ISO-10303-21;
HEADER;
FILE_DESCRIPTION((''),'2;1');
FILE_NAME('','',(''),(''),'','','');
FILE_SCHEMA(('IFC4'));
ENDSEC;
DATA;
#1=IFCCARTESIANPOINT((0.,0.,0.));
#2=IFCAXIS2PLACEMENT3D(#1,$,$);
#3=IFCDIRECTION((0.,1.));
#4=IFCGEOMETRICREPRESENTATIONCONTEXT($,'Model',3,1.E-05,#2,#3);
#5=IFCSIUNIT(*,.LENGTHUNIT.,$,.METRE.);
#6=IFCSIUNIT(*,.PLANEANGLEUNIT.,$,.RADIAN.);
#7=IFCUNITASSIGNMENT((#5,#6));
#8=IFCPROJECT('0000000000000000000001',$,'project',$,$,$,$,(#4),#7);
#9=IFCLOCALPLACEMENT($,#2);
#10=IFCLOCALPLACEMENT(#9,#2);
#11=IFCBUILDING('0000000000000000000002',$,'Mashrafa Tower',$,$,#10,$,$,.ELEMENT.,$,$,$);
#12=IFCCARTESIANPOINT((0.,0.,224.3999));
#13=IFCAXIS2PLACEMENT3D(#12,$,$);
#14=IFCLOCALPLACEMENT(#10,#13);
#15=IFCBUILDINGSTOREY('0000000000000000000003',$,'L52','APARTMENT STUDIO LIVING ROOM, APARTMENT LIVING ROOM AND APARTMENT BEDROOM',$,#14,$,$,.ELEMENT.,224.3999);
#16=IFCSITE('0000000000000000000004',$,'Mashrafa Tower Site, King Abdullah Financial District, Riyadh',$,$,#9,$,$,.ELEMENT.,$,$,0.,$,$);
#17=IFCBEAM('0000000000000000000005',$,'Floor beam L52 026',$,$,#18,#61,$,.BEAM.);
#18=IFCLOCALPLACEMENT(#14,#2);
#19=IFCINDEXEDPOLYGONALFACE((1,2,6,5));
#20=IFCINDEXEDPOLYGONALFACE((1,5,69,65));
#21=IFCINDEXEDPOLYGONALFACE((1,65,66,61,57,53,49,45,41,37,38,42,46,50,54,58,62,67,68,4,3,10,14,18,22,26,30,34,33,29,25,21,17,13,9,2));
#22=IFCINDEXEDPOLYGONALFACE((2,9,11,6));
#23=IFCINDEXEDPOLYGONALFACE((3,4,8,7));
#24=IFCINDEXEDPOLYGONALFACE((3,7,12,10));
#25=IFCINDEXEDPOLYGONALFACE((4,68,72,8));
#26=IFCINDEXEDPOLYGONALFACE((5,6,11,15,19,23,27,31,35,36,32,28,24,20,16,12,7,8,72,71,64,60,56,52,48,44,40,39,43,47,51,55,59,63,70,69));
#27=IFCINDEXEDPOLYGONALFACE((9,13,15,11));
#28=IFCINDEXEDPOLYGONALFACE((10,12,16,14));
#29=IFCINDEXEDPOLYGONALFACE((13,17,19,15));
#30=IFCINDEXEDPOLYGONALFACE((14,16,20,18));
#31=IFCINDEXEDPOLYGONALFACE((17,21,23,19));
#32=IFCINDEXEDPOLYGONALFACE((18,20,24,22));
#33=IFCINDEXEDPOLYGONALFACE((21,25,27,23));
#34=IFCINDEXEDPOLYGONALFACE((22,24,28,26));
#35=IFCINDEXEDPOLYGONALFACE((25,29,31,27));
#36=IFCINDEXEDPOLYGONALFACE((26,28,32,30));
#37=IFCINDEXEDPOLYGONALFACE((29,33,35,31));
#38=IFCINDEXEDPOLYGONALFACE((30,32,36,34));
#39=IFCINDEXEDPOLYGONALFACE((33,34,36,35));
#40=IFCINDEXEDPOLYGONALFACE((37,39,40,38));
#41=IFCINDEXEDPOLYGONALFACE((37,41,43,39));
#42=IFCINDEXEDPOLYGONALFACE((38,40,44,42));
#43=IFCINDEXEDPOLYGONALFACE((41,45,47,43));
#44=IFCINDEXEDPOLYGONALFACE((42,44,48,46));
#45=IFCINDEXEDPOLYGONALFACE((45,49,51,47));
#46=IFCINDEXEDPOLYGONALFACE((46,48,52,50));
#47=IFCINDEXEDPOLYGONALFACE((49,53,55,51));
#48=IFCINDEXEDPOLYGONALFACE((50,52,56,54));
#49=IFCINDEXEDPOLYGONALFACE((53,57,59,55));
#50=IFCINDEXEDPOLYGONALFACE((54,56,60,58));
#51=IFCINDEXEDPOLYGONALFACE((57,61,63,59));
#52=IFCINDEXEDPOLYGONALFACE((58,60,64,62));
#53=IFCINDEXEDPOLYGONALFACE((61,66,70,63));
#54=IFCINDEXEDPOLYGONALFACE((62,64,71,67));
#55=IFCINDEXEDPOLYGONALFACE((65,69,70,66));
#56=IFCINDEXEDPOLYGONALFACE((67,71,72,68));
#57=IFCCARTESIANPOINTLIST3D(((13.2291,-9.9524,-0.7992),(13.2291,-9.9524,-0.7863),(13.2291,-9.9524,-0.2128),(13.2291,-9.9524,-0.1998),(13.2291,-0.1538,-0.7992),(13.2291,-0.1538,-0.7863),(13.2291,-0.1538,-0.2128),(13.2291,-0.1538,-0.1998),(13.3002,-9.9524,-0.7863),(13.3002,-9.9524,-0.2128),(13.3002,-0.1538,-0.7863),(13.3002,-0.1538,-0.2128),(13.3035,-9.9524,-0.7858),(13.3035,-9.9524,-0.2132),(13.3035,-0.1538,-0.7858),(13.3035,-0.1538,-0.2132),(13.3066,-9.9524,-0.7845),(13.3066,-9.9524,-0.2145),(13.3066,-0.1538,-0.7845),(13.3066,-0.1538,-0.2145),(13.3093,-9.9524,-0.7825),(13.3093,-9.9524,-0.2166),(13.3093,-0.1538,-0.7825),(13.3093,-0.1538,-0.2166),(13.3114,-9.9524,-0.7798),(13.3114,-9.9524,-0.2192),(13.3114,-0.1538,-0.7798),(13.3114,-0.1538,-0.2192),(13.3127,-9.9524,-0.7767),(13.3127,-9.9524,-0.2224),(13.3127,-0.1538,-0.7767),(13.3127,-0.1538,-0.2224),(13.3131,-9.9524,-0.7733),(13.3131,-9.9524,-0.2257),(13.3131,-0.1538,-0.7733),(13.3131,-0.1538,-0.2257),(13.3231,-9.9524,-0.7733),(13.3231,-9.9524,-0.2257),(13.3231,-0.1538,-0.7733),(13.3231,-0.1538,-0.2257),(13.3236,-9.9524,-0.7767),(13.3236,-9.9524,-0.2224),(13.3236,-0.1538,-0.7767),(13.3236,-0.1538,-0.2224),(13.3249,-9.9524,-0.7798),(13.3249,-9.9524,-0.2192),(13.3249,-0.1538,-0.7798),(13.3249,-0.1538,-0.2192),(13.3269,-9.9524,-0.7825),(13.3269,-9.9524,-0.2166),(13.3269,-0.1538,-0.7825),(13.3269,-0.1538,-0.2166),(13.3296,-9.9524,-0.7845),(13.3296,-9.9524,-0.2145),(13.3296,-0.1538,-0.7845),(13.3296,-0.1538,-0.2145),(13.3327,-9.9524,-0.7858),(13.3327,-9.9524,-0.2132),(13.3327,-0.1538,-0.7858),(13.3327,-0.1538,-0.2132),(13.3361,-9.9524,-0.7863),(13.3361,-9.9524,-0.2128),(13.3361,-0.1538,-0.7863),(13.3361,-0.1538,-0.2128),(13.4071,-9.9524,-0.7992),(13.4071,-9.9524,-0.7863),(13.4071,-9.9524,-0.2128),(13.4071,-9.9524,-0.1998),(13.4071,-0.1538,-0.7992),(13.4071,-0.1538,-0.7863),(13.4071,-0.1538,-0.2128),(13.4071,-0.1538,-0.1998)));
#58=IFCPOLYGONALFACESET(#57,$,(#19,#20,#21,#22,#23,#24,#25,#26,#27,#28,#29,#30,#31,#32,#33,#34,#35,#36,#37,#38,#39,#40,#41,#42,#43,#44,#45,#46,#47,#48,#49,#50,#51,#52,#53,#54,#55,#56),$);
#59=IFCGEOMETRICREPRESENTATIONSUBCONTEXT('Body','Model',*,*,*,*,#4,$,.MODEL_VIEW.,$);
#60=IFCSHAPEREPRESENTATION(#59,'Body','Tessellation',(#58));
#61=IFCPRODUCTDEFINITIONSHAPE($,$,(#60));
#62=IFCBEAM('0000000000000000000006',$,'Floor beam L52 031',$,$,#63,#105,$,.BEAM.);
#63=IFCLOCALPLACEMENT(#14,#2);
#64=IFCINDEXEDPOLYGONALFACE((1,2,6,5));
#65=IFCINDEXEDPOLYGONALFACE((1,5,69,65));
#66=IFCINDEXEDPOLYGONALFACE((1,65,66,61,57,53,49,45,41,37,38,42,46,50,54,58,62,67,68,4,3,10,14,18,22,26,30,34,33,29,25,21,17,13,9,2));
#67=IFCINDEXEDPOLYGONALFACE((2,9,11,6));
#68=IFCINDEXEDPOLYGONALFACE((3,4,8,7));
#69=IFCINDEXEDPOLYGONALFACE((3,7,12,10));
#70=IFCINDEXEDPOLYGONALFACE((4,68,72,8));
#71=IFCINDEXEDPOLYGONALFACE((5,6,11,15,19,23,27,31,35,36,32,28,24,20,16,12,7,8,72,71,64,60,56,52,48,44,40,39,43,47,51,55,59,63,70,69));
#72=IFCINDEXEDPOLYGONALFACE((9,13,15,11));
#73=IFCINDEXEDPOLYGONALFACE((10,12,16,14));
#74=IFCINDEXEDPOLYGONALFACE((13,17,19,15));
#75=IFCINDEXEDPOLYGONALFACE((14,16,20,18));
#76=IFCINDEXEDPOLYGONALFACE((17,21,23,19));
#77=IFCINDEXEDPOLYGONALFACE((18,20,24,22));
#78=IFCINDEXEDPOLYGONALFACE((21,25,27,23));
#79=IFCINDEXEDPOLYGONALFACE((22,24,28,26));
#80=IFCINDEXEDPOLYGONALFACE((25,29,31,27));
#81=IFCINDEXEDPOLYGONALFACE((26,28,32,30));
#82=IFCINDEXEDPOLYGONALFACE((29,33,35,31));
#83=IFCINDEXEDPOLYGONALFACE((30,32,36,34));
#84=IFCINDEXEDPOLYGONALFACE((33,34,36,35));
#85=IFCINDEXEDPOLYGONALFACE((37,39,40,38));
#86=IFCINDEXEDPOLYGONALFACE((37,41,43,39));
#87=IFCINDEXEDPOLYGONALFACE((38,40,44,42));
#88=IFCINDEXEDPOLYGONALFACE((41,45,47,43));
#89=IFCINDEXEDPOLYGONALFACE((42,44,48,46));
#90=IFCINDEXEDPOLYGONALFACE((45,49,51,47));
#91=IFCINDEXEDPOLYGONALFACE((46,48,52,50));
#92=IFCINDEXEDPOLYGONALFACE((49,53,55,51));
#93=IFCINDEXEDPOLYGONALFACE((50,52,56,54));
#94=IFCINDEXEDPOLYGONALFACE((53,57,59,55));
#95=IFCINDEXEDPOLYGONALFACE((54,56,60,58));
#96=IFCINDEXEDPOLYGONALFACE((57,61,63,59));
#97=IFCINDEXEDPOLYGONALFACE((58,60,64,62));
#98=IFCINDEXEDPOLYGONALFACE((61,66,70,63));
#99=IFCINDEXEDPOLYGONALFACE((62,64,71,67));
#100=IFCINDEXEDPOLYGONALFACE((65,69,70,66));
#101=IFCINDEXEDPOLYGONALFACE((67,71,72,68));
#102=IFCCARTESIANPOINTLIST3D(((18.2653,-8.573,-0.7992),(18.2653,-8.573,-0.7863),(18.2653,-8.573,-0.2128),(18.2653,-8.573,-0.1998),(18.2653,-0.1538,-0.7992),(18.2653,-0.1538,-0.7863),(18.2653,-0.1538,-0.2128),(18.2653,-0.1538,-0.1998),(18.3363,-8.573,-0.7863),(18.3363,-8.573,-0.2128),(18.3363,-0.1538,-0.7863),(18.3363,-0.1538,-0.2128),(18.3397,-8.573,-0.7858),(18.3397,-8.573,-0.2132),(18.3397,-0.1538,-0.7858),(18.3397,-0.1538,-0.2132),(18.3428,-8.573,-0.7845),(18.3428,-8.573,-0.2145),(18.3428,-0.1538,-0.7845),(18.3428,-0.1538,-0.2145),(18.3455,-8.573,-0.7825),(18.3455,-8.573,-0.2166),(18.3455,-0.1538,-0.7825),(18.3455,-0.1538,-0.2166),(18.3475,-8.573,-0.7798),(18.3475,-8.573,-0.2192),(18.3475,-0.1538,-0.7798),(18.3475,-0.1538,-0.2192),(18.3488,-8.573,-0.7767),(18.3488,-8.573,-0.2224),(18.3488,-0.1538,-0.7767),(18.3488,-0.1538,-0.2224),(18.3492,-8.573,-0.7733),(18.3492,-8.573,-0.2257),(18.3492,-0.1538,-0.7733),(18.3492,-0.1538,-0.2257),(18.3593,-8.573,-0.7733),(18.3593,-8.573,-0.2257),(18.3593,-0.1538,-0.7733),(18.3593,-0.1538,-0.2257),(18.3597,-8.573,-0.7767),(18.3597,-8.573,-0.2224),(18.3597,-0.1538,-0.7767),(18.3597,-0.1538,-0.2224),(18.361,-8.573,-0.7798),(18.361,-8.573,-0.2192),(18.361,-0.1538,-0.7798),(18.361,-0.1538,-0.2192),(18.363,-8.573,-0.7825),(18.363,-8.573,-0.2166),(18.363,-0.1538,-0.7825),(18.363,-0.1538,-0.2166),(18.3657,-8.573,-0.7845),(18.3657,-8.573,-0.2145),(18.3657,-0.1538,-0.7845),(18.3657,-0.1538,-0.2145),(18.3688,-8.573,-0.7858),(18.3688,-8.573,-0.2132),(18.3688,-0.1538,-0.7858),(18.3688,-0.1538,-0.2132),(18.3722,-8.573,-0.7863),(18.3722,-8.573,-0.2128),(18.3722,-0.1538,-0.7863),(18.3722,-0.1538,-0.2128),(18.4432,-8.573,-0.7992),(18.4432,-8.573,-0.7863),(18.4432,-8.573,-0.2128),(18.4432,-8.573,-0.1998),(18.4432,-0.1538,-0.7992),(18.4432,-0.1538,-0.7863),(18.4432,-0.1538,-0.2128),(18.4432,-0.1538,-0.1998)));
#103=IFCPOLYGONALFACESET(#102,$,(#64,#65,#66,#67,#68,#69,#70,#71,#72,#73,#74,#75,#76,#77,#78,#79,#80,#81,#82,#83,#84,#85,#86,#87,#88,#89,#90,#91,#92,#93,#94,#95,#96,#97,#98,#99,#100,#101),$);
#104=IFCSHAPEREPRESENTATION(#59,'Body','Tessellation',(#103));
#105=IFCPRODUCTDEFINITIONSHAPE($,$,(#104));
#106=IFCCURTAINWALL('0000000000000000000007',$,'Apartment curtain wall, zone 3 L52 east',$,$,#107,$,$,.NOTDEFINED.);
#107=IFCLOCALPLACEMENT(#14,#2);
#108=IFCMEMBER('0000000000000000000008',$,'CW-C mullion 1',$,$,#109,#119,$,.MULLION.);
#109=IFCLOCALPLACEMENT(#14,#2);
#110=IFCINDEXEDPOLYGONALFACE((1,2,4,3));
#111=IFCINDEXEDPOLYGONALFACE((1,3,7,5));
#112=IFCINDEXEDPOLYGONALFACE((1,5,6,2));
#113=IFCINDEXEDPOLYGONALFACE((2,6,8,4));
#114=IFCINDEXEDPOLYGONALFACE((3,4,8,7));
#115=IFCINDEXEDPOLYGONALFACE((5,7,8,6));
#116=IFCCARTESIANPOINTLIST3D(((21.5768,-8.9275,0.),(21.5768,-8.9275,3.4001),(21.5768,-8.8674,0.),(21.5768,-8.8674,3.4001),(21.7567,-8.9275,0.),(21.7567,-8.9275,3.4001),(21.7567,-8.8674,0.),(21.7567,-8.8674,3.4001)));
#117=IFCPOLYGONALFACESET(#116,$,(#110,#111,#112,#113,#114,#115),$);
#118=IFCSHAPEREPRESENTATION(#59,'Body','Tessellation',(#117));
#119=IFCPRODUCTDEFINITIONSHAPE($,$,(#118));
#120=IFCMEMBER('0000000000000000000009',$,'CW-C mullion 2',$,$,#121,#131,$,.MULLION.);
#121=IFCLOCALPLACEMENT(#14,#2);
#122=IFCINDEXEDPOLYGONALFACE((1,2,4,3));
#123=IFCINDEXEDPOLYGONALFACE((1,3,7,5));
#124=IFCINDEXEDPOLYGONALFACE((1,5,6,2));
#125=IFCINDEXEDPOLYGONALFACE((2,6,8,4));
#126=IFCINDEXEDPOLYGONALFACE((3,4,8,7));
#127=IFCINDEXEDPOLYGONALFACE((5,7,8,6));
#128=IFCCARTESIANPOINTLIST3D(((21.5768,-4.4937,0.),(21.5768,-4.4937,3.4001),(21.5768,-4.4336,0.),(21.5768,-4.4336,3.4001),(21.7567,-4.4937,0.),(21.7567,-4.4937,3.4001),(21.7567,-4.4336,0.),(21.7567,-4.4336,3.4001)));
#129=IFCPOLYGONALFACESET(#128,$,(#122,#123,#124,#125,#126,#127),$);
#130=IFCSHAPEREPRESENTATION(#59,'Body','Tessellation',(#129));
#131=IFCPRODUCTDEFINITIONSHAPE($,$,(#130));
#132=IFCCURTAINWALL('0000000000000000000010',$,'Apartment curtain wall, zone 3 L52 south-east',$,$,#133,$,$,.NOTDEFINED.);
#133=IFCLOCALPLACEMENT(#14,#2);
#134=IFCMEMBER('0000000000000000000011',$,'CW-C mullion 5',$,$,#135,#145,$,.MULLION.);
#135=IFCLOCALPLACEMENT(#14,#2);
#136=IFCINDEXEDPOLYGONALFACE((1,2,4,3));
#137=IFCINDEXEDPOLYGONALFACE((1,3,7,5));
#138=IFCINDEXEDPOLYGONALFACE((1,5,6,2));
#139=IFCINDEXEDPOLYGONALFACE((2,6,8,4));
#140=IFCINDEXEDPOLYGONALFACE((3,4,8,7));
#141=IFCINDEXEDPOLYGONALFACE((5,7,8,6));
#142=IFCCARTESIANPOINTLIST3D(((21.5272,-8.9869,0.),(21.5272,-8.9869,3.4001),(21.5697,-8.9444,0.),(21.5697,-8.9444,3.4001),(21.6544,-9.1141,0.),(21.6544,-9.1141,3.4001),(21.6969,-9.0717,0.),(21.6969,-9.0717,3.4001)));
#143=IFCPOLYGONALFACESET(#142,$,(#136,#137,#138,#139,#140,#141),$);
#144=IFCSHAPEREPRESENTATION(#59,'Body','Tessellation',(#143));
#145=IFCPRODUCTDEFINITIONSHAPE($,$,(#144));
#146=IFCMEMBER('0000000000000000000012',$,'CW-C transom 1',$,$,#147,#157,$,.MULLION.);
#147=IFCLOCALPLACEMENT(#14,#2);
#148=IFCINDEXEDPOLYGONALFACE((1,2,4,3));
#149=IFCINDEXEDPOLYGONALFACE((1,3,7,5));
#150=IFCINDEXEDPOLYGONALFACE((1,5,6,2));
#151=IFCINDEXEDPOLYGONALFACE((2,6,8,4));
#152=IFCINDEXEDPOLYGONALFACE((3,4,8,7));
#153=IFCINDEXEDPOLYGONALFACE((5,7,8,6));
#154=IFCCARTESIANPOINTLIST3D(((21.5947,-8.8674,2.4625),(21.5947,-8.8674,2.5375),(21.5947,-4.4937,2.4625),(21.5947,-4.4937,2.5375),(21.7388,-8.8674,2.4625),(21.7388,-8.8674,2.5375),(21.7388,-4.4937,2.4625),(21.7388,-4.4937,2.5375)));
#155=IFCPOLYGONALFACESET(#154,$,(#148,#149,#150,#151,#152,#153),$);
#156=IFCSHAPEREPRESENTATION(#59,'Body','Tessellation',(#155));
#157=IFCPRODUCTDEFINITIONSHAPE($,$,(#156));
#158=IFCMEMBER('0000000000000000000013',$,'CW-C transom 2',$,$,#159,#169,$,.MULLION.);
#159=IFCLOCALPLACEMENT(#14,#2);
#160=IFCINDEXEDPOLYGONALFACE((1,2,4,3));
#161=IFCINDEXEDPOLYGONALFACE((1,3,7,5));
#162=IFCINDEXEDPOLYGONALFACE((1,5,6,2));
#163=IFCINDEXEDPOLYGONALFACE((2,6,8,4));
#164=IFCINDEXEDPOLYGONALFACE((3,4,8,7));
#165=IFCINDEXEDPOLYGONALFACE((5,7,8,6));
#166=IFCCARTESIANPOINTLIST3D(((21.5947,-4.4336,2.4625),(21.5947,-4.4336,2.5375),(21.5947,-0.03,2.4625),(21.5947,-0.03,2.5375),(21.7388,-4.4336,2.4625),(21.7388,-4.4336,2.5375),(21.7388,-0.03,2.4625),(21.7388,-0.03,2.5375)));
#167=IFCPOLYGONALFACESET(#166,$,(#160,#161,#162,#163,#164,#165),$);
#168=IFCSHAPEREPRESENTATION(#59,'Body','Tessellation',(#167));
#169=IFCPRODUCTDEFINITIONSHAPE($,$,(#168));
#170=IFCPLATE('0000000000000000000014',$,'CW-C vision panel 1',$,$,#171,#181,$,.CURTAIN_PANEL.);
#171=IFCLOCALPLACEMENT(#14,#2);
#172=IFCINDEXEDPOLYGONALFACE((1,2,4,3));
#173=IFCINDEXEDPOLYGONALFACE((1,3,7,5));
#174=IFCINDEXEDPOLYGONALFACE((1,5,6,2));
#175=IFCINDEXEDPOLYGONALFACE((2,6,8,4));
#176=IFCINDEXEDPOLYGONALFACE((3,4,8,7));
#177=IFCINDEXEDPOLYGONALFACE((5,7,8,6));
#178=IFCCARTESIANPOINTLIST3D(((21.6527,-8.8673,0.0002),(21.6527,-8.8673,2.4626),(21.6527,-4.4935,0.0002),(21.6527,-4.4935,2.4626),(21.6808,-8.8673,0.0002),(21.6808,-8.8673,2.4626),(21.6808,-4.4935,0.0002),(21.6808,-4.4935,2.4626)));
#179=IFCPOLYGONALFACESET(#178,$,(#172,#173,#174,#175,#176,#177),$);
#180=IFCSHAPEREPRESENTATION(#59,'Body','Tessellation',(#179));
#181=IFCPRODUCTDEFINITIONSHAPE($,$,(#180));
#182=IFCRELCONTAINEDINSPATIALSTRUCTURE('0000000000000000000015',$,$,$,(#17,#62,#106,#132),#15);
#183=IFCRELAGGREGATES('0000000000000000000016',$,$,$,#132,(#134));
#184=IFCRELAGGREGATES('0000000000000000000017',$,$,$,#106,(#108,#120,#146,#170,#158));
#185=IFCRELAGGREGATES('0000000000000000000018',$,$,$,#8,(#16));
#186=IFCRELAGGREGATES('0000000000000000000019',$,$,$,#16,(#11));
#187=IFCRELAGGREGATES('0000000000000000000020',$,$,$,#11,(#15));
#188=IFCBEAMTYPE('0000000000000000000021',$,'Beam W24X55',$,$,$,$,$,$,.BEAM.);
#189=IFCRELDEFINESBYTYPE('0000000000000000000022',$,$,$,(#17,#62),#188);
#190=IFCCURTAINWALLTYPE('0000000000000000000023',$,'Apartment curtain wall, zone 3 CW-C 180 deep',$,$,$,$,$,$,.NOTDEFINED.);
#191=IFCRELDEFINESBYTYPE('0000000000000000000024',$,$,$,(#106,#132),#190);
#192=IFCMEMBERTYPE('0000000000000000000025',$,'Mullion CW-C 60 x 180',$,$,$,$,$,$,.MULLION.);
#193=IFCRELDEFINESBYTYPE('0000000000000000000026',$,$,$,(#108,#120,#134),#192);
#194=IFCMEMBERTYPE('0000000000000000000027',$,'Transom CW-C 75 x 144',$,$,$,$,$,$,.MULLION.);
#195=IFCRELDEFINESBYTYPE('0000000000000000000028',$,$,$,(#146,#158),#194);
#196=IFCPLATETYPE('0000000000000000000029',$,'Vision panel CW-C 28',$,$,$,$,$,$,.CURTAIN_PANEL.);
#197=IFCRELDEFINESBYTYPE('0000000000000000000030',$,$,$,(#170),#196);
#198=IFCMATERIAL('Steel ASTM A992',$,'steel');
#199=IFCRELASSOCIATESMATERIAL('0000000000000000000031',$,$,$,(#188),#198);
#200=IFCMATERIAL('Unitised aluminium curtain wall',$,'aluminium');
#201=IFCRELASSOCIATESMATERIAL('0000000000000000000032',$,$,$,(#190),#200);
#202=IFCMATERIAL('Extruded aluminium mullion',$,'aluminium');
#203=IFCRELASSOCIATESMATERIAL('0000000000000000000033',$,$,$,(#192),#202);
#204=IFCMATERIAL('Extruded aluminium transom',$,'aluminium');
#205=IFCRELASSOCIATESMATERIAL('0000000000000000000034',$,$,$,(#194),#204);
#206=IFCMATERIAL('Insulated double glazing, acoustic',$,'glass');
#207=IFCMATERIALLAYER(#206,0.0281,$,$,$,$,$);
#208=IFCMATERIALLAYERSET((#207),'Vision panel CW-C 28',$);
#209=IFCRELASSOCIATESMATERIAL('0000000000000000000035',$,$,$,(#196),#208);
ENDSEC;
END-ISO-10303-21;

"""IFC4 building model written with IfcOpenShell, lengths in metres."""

from ifc_helpers import new_model, si_unit, direction, frame, origin, origin_2d, place, context, subcontext, project, spatial, rectangle, i_section, extrude, source, transform, mapped, material, layer, layer_set, material_profile, profile_set, type_object, type_shapes, element, aggregate, save


model = new_model("IFC4")

# Units and contexts
model_context = context("Model", 3, precision=1e-05, world=origin(), true_north=direction((0.0, 1.0)))
body_context = subcontext(model_context, "Body", "Model", "MODEL_VIEW")
ifc_project = project(units=[si_unit("LENGTHUNIT", "METRE"), si_unit("PLANEANGLEUNIT", "RADIAN")], contexts=[model_context])

# Site, building, storey
site_placement = place(None, origin())
site = spatial("IfcSite", under=ifc_project, at=site_placement, Name="Mashrafa Tower Site, King Abdullah Financial District, Riyadh", CompositionType="ELEMENT", RefElevation=0.0)
building_placement = place(site_placement, origin())
building = spatial("IfcBuilding", under=site, at=building_placement, Name="Mashrafa Tower", CompositionType="ELEMENT")
storey_placement = place(building_placement, frame((0.0, 0.0, 224.3999)))
storey = spatial("IfcBuildingStorey", under=building, at=storey_placement, Name="L52", Description="APARTMENT STUDIO LIVING ROOM, APARTMENT LIVING ROOM AND APARTMENT BEDROOM", CompositionType="ELEMENT", Elevation=224.3999)

# Beams
ifc_material_1 = material(Name="Steel ASTM A992", Category="steel")
ifc_material_profile_1 = material_profile(ifc_material_1, i_section(OverallWidth=0.178, OverallDepth=0.5994, WebThickness=0.01, FlangeThickness=0.0129, FilletRadius=0.0129, at=origin_2d()), Name="W24X55")
ifc_profile_set_1 = profile_set([ifc_material_profile_1], Name="Steel ASTM A992")
beam_type_1 = type_object("IfcBeamType", Name="Beam W24X55", PredefinedType="BEAM", material=ifc_profile_set_1)
beam_1_placement = place(storey_placement, frame((13.3181, -0.1538, -0.4995), z_axis=(0.0, -1.0, 0.0), x_axis=(1.0, 0.0, 0.0)))
element("IfcBeam", 1, at=beam_1_placement, inside=storey, type_object=beam_type_1, Name="Floor beam L52 026", PredefinedType="BEAM", context=body_context, shape_type="SweptSolid", body=[
    extrude(i_section(OverallWidth=0.178, OverallDepth=0.5994, WebThickness=0.01, FlangeThickness=0.0129, FilletRadius=0.0129, at=origin_2d()), origin(), (0.0, 0.0, 1.0), 9.7986),
])
beam_2_placement = place(storey_placement, frame((18.3542, -0.1538, -0.4995), z_axis=(0.0, -1.0, 0.0), x_axis=(1.0, 0.0, 0.0)))
element("IfcBeam", 2, at=beam_2_placement, inside=storey, type_object=beam_type_1, Name="Floor beam L52 031", PredefinedType="BEAM", context=body_context, shape_type="SweptSolid", body=[
    extrude(i_section(OverallWidth=0.178, OverallDepth=0.5994, WebThickness=0.01, FlangeThickness=0.0129, FilletRadius=0.0129, at=origin_2d()), origin(), (0.0, 0.0, 1.0), 8.4192),
])

# Curtain wall, members
ifc_material_2 = material(Name="Unitised aluminium curtain wall", Category="aluminium")
curtain_wall_type = type_object("IfcCurtainWallType", Name="Apartment curtain wall, zone 3 CW-C 180 deep", PredefinedType="NOTDEFINED", material=ifc_material_2)
curtain_wall_1_placement = place(storey_placement, origin())
curtain_wall_1 = element("IfcCurtainWall", 3, at=curtain_wall_1_placement, inside=storey, type_object=curtain_wall_type, Name="Apartment curtain wall, zone 3 L52 east", PredefinedType="NOTDEFINED")
ifc_material_3 = material(Name="Extruded aluminium mullion", Category="aluminium")
ifc_material_profile_2 = material_profile(ifc_material_3, rectangle(XDim=0.1799, YDim=0.0601, at=origin_2d()), Name="Mullion 60x180")
ifc_profile_set_2 = profile_set([ifc_material_profile_2], Name="Extruded aluminium mullion")
member_type_1 = type_object("IfcMemberType", Name="Mullion CW-C 60 x 180", PredefinedType="MULLION", material=ifc_profile_set_2)
shared_shape_1 = source(origin(), body_context, "Body", "SweptSolid", [
    extrude(rectangle(XDim=0.1799, YDim=0.0601, at=origin_2d()), origin(), (0.0, 0.0, 1.0), 3.4001),
])
type_shapes(member_type_1, [shared_shape_1])
member_1_placement = place(storey_placement, frame((21.6667, -8.8975, 0.0), z_axis=(0.0, 0.0, 1.0), x_axis=(-1.0, 0.0, 0.0)))
member_1 = element("IfcMember", 4, at=member_1_placement, type_object=member_type_1, Name="CW-C mullion 1", PredefinedType="MULLION", context=body_context, shape_type="MappedRepresentation", body=[
    mapped(shared_shape_1, transform((0.0, 0.0, 0.0))),
])
member_2_placement = place(storey_placement, frame((21.6667, -4.4636, 0.0), z_axis=(0.0, 0.0, 1.0), x_axis=(-1.0, 0.0, 0.0)))
member_2 = element("IfcMember", 5, at=member_2_placement, type_object=member_type_1, Name="CW-C mullion 2", PredefinedType="MULLION", context=body_context, shape_type="MappedRepresentation", body=[
    mapped(shared_shape_1, transform((0.0, 0.0, 0.0))),
])

# Curtain wall, member
curtain_wall_2_placement = place(storey_placement, origin())
curtain_wall_2 = element("IfcCurtainWall", 6, at=curtain_wall_2_placement, inside=storey, type_object=curtain_wall_type, Name="Apartment curtain wall, zone 3 L52 south-east", PredefinedType="NOTDEFINED")
member_3_placement = place(storey_placement, frame((21.6121, -9.0293, 0.0), z_axis=(0.0, 0.0, 1.0), x_axis=(-0.707107, 0.707107, 0.0)))
member_3 = element("IfcMember", 7, at=member_3_placement, type_object=member_type_1, Name="CW-C mullion 5", PredefinedType="MULLION", context=body_context, shape_type="MappedRepresentation", body=[
    mapped(shared_shape_1, transform((0.0, 0.0, 0.0))),
])
aggregate(curtain_wall_2, [member_3])

# Members
ifc_material_4 = material(Name="Extruded aluminium transom", Category="aluminium")
ifc_material_profile_3 = material_profile(ifc_material_4, rectangle(XDim=0.144, YDim=0.075, at=origin_2d()), Name="Transom 75x144")
ifc_profile_set_3 = profile_set([ifc_material_profile_3], Name="Extruded aluminium transom")
member_type_2 = type_object("IfcMemberType", Name="Transom CW-C 75 x 144", PredefinedType="MULLION", material=ifc_profile_set_3)
shared_shape_2 = source(origin(), body_context, "Body", "SweptSolid", [
    extrude(rectangle(XDim=0.144, YDim=0.075, at=origin_2d()), origin(), (0.0, 0.0, 1.0), 4.3738),
])
member_4_placement = place(storey_placement, frame((21.6667, -8.8674, 2.5), z_axis=(0.0, 1.0, 0.0), x_axis=(-1.0, 0.0, 0.0)))
member_4 = element("IfcMember", 8, at=member_4_placement, type_object=member_type_2, Name="CW-C transom 1", PredefinedType="MULLION", context=body_context, shape_type="MappedRepresentation", body=[
    mapped(shared_shape_2, transform((0.0, 0.0, 0.0))),
])
shared_shape_3 = source(origin(), body_context, "Body", "SweptSolid", [
    extrude(rectangle(XDim=0.144, YDim=0.075, at=origin_2d()), origin(), (0.0, 0.0, 1.0), 4.4036),
])
type_shapes(member_type_2, [shared_shape_2, shared_shape_3])
member_5_placement = place(storey_placement, frame((21.6667, -4.4336, 2.5), z_axis=(0.0, 1.0, 0.0), x_axis=(-1.0, 0.0, 0.0)))
member_5 = element("IfcMember", 9, at=member_5_placement, type_object=member_type_2, Name="CW-C transom 2", PredefinedType="MULLION", context=body_context, shape_type="MappedRepresentation", body=[
    mapped(shared_shape_3, transform((0.0, 0.0, 0.0))),
])

# Plate
ifc_material_5 = material(Name="Insulated double glazing, acoustic", Category="glass")
ifc_layer_1 = layer(ifc_material_5, 0.0281)
ifc_layer_set_1 = layer_set([ifc_layer_1], Name="Vision panel CW-C 28")
plate_type_1 = type_object("IfcPlateType", Name="Vision panel CW-C 28", PredefinedType="CURTAIN_PANEL", material=ifc_layer_set_1)
shared_shape_4 = source(origin(), body_context, "Body", "SweptSolid", [
    extrude(rectangle(XDim=4.3738, YDim=0.0281, at=origin_2d()), origin(), (0.0, 0.0, 1.0), 2.4624),
])
plate_1_placement = place(storey_placement, frame((21.6667, -6.6804, 0.0002), z_axis=(0.0, 0.0, 1.0), x_axis=(0.0, 1.0, 0.0)))
plate_1 = element("IfcPlate", 10, at=plate_1_placement, type_object=plate_type_1, Name="CW-C vision panel 1", PredefinedType="CURTAIN_PANEL", context=body_context, shape_type="MappedRepresentation", body=[
    mapped(shared_shape_4, transform((0.0, 0.0, 0.0))),
])
aggregate(curtain_wall_1, [member_1, member_2, member_4, plate_1, member_5])

save(model, "model.ifc")
